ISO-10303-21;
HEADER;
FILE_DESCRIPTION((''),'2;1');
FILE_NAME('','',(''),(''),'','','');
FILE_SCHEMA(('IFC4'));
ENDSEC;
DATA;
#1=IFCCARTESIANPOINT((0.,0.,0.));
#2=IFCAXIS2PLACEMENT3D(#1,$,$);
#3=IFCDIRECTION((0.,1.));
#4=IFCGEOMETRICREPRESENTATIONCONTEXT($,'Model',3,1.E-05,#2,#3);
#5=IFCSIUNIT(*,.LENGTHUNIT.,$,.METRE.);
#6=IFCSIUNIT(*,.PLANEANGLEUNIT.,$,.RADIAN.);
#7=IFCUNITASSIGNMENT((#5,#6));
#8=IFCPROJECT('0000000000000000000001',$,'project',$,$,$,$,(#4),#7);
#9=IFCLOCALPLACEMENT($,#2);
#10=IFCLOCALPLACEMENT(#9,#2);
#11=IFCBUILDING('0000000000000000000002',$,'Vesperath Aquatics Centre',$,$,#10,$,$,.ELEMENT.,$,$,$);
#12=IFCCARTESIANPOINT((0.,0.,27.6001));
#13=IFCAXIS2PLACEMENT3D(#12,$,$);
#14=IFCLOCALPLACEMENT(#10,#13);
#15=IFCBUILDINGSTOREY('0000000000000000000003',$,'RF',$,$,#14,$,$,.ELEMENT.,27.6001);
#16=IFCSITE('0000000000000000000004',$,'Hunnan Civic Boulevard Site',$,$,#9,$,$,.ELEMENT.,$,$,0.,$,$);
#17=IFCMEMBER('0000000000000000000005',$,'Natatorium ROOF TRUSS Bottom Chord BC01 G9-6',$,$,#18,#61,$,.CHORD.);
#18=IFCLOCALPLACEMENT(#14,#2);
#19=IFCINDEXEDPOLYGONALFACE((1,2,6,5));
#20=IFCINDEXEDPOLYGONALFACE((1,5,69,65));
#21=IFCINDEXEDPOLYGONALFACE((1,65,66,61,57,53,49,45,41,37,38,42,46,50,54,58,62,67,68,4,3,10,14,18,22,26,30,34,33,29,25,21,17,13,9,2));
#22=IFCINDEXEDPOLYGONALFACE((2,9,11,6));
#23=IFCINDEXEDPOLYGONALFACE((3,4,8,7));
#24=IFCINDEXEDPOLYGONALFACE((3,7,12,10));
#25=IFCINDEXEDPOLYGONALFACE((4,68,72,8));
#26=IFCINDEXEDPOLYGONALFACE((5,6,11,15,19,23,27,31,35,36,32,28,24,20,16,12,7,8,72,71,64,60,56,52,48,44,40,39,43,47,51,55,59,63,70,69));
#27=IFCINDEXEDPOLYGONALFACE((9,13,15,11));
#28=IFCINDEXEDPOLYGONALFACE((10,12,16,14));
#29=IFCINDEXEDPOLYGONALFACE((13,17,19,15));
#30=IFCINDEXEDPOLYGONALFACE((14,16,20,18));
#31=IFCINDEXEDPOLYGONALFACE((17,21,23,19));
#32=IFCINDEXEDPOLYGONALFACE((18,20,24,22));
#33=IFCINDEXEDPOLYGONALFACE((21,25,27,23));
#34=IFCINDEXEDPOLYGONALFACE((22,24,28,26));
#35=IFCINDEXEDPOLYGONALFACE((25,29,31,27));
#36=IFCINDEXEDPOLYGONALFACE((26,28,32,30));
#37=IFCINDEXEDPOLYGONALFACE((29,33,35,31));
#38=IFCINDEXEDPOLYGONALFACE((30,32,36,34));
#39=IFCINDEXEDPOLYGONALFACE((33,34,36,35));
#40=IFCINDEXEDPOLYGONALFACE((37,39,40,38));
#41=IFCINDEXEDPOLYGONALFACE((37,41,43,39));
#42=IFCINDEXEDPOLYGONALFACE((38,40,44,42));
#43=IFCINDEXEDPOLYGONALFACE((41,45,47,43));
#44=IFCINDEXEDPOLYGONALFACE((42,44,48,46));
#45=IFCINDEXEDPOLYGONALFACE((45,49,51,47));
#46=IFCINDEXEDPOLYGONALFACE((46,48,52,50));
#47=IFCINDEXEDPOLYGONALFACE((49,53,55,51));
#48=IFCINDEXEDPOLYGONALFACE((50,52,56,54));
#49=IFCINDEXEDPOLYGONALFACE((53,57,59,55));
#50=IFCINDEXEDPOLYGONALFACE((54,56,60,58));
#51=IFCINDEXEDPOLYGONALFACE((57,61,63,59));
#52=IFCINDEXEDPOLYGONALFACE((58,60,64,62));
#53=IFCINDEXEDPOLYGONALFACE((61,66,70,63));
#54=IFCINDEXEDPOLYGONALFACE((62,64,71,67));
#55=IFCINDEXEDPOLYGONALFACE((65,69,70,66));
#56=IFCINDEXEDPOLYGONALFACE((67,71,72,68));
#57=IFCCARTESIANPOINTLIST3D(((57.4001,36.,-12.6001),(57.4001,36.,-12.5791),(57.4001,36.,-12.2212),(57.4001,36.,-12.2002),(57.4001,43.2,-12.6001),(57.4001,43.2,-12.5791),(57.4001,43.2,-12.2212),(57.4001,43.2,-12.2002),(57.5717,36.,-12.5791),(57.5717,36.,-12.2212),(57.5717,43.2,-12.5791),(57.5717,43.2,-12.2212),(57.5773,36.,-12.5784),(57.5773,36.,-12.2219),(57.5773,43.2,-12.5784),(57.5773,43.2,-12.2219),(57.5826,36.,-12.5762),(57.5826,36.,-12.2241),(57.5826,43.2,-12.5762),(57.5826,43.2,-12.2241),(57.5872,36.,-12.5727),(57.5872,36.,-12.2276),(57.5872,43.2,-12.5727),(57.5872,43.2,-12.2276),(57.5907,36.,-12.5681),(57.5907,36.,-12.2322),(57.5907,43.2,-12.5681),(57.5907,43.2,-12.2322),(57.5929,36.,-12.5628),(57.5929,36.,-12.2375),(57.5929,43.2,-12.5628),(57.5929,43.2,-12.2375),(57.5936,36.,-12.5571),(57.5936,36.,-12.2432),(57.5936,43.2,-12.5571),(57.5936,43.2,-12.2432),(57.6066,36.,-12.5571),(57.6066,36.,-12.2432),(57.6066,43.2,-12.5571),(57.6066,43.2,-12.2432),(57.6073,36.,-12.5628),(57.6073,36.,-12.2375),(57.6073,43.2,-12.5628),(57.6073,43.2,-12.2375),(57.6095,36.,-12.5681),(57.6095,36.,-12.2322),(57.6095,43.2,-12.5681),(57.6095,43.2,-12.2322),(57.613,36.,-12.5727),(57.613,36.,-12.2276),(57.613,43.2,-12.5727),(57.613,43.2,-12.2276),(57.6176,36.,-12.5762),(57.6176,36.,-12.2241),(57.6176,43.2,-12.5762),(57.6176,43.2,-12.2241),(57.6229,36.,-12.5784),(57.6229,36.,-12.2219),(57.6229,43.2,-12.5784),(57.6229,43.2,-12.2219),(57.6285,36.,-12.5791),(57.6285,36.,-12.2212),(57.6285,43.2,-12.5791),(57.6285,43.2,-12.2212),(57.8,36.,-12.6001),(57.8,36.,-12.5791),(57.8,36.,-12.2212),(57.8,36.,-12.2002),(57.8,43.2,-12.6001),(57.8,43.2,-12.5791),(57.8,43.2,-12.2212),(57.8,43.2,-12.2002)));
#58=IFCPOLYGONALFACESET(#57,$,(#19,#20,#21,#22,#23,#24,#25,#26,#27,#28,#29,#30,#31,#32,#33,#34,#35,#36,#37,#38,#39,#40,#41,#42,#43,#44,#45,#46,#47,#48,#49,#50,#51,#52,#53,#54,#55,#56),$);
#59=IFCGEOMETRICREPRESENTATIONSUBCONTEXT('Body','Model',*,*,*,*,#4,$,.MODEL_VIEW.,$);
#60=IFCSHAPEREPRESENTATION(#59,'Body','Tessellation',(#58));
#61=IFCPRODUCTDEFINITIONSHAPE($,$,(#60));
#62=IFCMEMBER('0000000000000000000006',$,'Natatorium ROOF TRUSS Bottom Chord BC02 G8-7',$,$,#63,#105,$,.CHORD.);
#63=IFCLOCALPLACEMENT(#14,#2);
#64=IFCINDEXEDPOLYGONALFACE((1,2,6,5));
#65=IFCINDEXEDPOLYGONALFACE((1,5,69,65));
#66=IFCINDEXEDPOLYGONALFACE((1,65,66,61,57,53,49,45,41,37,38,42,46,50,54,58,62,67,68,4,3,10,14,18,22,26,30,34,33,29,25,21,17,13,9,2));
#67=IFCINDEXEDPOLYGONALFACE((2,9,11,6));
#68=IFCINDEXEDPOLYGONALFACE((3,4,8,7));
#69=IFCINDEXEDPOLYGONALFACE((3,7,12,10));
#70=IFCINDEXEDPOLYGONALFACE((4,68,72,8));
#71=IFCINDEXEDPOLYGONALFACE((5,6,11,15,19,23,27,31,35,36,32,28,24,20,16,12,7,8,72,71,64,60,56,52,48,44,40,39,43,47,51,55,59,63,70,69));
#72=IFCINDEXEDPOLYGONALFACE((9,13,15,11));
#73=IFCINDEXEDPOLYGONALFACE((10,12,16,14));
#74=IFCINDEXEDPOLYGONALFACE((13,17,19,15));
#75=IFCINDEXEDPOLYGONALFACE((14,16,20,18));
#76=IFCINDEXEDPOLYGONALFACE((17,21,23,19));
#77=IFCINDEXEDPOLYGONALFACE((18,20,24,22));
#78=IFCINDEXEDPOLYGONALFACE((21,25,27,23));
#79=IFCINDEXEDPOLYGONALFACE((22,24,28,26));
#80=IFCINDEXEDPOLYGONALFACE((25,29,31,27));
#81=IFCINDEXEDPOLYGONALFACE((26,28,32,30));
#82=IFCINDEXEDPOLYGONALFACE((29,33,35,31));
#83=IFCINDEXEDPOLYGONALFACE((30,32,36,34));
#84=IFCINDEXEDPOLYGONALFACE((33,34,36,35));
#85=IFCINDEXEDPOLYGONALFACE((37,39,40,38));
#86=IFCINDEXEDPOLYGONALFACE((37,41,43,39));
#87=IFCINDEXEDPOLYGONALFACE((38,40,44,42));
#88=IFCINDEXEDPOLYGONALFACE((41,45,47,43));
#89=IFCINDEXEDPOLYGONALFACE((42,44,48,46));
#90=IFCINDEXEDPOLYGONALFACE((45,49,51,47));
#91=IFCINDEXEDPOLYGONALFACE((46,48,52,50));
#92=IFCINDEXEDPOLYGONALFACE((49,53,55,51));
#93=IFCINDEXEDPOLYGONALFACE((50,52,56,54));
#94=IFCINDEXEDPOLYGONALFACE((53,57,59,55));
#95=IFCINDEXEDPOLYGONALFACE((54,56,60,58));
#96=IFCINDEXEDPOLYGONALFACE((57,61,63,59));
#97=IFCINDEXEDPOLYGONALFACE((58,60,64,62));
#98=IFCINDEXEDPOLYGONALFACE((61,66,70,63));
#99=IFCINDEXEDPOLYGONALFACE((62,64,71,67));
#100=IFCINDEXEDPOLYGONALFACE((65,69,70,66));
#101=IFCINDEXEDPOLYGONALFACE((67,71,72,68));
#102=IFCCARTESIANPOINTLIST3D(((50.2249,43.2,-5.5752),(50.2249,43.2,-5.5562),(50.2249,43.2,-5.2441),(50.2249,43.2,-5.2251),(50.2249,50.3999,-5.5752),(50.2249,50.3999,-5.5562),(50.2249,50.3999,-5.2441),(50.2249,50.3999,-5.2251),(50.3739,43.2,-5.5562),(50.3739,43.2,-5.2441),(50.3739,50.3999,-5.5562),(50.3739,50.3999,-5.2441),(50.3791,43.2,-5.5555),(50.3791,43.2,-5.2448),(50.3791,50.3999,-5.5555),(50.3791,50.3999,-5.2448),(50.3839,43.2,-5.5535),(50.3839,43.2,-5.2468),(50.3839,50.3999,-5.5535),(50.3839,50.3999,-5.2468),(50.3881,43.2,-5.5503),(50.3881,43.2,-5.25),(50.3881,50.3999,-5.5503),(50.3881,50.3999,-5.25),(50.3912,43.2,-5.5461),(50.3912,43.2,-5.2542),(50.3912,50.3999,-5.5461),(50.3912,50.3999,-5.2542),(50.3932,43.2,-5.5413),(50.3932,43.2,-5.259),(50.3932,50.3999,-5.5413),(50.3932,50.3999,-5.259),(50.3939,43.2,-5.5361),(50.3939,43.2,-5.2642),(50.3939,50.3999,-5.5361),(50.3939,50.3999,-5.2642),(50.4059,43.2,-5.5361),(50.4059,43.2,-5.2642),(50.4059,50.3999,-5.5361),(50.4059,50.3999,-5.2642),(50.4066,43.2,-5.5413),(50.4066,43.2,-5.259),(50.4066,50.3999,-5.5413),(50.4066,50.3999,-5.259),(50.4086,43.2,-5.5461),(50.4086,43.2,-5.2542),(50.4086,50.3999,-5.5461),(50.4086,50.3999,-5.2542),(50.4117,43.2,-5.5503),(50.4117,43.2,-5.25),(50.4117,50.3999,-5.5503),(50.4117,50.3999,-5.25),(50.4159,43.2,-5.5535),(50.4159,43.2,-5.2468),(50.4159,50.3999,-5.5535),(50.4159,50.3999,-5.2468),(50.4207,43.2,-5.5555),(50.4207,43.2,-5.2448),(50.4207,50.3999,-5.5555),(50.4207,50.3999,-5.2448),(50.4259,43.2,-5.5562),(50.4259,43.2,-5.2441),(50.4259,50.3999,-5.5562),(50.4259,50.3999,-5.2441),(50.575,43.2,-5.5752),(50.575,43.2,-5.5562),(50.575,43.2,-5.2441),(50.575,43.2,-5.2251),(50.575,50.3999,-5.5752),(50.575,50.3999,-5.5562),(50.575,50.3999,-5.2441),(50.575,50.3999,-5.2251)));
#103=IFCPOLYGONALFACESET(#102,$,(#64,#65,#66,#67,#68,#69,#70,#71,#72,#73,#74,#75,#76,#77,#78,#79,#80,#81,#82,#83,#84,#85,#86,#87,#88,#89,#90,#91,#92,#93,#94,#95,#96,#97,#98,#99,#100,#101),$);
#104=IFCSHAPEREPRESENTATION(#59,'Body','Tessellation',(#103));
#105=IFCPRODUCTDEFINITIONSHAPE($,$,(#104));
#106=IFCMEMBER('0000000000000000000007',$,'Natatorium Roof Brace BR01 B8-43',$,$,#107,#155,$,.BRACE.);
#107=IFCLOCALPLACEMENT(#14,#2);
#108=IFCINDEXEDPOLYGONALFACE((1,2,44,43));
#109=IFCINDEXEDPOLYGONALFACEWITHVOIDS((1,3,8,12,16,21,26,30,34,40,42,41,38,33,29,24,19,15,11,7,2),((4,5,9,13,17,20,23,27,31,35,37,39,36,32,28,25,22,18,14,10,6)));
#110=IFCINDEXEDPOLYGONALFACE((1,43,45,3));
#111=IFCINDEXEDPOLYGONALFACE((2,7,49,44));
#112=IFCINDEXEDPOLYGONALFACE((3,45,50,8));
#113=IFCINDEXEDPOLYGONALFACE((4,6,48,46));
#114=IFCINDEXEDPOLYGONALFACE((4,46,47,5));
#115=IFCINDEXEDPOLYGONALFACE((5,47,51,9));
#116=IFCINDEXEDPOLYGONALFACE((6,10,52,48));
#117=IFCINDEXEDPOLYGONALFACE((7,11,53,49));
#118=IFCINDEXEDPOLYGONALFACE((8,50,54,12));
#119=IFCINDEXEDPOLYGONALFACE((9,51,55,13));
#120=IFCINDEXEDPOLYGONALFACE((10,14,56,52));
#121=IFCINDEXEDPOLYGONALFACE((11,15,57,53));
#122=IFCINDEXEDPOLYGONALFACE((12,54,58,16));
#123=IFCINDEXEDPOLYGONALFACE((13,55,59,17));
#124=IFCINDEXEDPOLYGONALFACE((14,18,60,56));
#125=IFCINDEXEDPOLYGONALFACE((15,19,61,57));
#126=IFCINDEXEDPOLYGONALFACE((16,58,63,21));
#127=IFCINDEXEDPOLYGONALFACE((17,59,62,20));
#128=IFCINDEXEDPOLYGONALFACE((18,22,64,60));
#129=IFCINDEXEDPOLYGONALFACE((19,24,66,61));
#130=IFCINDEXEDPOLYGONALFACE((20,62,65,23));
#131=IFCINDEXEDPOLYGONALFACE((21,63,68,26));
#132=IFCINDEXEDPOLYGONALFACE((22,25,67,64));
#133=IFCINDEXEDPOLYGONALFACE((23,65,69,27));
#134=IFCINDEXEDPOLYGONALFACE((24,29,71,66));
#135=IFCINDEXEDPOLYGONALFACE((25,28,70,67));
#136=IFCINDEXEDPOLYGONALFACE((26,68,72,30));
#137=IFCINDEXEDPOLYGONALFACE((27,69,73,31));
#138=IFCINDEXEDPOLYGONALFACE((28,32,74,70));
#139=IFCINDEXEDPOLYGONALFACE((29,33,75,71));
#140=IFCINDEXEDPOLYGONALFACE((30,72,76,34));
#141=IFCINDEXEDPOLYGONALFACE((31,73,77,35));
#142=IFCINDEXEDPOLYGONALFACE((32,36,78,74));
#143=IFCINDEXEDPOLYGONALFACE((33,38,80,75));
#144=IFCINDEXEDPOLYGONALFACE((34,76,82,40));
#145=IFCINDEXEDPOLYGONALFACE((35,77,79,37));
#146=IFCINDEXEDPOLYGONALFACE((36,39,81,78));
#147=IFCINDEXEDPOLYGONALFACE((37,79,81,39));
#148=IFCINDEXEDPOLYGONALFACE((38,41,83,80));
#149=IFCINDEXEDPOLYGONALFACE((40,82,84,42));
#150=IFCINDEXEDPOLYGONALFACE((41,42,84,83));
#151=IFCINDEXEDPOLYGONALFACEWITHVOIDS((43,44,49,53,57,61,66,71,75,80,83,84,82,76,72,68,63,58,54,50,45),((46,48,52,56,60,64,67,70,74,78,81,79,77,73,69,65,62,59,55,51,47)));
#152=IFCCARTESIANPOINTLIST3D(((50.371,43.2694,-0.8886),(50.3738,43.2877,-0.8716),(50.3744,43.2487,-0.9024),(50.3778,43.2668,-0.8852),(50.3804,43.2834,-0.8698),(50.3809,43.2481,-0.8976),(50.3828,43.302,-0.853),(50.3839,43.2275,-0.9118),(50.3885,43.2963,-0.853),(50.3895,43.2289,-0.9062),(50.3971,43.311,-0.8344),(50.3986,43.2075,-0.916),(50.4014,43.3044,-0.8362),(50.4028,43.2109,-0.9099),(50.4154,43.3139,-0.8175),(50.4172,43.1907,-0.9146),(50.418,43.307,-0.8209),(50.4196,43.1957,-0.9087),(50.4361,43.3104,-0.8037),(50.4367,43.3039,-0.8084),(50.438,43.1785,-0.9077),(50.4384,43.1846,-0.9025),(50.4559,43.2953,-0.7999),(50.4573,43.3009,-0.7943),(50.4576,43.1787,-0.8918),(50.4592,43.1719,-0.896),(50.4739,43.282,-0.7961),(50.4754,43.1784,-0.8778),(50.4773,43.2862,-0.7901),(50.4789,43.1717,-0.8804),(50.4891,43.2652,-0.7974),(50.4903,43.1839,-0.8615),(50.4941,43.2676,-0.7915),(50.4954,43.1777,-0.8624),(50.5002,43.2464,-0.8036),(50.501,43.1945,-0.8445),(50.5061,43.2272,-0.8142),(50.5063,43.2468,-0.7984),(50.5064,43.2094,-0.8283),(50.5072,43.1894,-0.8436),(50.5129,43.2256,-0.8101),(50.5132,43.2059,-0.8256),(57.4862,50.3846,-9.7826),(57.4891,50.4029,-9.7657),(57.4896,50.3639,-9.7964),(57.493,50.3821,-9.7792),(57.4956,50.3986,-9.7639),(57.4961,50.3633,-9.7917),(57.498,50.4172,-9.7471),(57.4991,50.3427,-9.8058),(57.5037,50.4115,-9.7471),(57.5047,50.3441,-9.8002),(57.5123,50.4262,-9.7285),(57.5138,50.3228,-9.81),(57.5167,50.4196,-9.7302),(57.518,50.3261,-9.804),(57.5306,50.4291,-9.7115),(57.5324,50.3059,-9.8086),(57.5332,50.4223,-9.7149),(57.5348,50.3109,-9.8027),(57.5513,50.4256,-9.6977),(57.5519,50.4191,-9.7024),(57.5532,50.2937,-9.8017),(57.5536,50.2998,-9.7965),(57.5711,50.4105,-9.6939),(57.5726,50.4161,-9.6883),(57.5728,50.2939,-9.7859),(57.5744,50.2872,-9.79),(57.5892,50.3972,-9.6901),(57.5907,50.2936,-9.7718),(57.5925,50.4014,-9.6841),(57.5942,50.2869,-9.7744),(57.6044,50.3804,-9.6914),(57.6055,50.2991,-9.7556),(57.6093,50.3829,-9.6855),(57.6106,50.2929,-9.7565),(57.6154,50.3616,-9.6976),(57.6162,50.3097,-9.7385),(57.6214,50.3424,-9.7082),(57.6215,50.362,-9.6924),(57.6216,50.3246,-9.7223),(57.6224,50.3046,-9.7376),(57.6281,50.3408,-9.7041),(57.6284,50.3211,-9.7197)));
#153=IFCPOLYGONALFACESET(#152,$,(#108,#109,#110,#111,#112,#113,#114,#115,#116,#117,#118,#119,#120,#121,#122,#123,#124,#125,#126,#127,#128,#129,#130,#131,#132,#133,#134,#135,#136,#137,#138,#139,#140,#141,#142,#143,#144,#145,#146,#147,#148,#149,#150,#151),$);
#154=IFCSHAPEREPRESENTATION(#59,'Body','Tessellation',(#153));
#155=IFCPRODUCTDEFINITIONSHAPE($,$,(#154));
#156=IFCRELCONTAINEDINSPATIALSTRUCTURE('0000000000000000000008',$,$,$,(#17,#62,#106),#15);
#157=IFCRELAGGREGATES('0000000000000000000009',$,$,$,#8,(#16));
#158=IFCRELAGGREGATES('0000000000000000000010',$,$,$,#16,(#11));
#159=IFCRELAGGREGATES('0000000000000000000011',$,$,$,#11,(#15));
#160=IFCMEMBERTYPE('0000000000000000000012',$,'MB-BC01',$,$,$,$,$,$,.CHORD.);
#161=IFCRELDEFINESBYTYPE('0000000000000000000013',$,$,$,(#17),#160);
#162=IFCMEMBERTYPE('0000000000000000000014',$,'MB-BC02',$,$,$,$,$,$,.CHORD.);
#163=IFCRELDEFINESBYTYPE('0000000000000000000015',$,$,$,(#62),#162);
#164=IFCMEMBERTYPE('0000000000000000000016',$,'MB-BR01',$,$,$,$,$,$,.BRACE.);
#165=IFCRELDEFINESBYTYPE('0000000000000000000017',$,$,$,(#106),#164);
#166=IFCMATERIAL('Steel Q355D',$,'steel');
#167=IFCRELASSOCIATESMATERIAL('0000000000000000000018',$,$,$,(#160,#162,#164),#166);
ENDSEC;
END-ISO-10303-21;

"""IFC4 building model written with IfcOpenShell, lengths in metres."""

from ifc_helpers import new_model, si_unit, direction, frame, origin, origin_2d, place, context, subcontext, project, spatial, hollow_circle, i_section, extrude, material, material_profile, profile_set, type_object, element, save


model = new_model("IFC4")

# Units and contexts
model_context = context("Model", 3, precision=1e-05, world=origin(), true_north=direction((0.0, 1.0)))
body_context = subcontext(model_context, "Body", "Model", "MODEL_VIEW")
ifc_project = project(units=[si_unit("LENGTHUNIT", "METRE"), si_unit("PLANEANGLEUNIT", "RADIAN")], contexts=[model_context])

# Site, building, storey
site_placement = place(None, origin())
site = spatial("IfcSite", under=ifc_project, at=site_placement, Name="Hunnan Civic Boulevard Site", CompositionType="ELEMENT", RefElevation=0.0)
building_placement = place(site_placement, origin())
building = spatial("IfcBuilding", under=site, at=building_placement, Name="Vesperath Aquatics Centre", CompositionType="ELEMENT")
storey_placement = place(building_placement, frame((0.0, 0.0, 27.6001)))
storey = spatial("IfcBuildingStorey", under=building, at=storey_placement, Name="RF", CompositionType="ELEMENT", Elevation=27.6001)

# Members
ifc_material_1 = material(Name="Steel Q355D", Category="steel")
ifc_material_profile_1 = material_profile(ifc_material_1, i_section(OverallWidth=0.3999, OverallDepth=0.3999, WebThickness=0.0129, FlangeThickness=0.021, FilletRadius=0.022, at=origin_2d()), Name="HW 400x400x13x21")
ifc_profile_set_1 = profile_set([ifc_material_profile_1], Name="Steel Q355D")
member_type_1 = type_object("IfcMemberType", Name="MB-BC01", PredefinedType="CHORD", material=ifc_profile_set_1)
member_1_placement = place(storey_placement, frame((57.6001, 36.0, -12.4001), z_axis=(0.0, 1.0, 0.0), x_axis=(-1.0, 0.0, 0.0)))
element("IfcMember", 1, at=member_1_placement, inside=storey, type_object=member_type_1, Name="Natatorium ROOF TRUSS Bottom Chord BC01 G9-6", PredefinedType="CHORD", context=body_context, shape_type="SweptSolid", body=[
    extrude(i_section(OverallWidth=0.3999, OverallDepth=0.3999, WebThickness=0.0129, FlangeThickness=0.021, FilletRadius=0.022, at=origin_2d()), origin(), (0.0, 0.0, 1.0), 7.2),
])
ifc_material_profile_2 = material_profile(ifc_material_1, i_section(OverallWidth=0.3501, OverallDepth=0.3501, WebThickness=0.012, FlangeThickness=0.019, FilletRadius=0.02, at=origin_2d()), Name="HW 350x350x12x19")
ifc_profile_set_2 = profile_set([ifc_material_profile_2], Name="Steel Q355D")
member_type_2 = type_object("IfcMemberType", Name="MB-BC02", PredefinedType="CHORD", material=ifc_profile_set_2)
member_2_placement = place(storey_placement, frame((50.3999, 43.2, -5.4001), z_axis=(0.0, 1.0, 0.0), x_axis=(-1.0, 0.0, 0.0)))
element("IfcMember", 2, at=member_2_placement, inside=storey, type_object=member_type_2, Name="Natatorium ROOF TRUSS Bottom Chord BC02 G8-7", PredefinedType="CHORD", context=body_context, shape_type="SweptSolid", body=[
    extrude(i_section(OverallWidth=0.3501, OverallDepth=0.3501, WebThickness=0.012, FlangeThickness=0.019, FilletRadius=0.02, at=origin_2d()), origin(), (0.0, 0.0, 1.0), 7.2),
])
ifc_material_profile_3 = material_profile(ifc_material_1, hollow_circle(Radius=0.0842, WallThickness=0.0081, at=origin_2d()), Name="CHS 168.3x8")
ifc_profile_set_3 = profile_set([ifc_material_profile_3], Name="Steel Q355D")
member_type_3 = type_object("IfcMemberType", Name="MB-BR01", PredefinedType="BRACE", material=ifc_profile_set_3)
member_3_placement = place(storey_placement, frame((50.4424, 43.2424, -0.853), z_axis=(0.529813, 0.529813, -0.662266), x_axis=(-0.707107, 0.707107, 0.0)))
element("IfcMember", 3, at=member_3_placement, inside=storey, type_object=member_type_3, Name="Natatorium Roof Brace BR01 B8-43", PredefinedType="BRACE", context=body_context, shape_type="SweptSolid", body=[
    extrude(hollow_circle(Radius=0.0842, WallThickness=0.0081, at=origin_2d()), origin(), (0.0, 0.0, 1.0), 13.4297),
])

save(model, "model.ifc")
